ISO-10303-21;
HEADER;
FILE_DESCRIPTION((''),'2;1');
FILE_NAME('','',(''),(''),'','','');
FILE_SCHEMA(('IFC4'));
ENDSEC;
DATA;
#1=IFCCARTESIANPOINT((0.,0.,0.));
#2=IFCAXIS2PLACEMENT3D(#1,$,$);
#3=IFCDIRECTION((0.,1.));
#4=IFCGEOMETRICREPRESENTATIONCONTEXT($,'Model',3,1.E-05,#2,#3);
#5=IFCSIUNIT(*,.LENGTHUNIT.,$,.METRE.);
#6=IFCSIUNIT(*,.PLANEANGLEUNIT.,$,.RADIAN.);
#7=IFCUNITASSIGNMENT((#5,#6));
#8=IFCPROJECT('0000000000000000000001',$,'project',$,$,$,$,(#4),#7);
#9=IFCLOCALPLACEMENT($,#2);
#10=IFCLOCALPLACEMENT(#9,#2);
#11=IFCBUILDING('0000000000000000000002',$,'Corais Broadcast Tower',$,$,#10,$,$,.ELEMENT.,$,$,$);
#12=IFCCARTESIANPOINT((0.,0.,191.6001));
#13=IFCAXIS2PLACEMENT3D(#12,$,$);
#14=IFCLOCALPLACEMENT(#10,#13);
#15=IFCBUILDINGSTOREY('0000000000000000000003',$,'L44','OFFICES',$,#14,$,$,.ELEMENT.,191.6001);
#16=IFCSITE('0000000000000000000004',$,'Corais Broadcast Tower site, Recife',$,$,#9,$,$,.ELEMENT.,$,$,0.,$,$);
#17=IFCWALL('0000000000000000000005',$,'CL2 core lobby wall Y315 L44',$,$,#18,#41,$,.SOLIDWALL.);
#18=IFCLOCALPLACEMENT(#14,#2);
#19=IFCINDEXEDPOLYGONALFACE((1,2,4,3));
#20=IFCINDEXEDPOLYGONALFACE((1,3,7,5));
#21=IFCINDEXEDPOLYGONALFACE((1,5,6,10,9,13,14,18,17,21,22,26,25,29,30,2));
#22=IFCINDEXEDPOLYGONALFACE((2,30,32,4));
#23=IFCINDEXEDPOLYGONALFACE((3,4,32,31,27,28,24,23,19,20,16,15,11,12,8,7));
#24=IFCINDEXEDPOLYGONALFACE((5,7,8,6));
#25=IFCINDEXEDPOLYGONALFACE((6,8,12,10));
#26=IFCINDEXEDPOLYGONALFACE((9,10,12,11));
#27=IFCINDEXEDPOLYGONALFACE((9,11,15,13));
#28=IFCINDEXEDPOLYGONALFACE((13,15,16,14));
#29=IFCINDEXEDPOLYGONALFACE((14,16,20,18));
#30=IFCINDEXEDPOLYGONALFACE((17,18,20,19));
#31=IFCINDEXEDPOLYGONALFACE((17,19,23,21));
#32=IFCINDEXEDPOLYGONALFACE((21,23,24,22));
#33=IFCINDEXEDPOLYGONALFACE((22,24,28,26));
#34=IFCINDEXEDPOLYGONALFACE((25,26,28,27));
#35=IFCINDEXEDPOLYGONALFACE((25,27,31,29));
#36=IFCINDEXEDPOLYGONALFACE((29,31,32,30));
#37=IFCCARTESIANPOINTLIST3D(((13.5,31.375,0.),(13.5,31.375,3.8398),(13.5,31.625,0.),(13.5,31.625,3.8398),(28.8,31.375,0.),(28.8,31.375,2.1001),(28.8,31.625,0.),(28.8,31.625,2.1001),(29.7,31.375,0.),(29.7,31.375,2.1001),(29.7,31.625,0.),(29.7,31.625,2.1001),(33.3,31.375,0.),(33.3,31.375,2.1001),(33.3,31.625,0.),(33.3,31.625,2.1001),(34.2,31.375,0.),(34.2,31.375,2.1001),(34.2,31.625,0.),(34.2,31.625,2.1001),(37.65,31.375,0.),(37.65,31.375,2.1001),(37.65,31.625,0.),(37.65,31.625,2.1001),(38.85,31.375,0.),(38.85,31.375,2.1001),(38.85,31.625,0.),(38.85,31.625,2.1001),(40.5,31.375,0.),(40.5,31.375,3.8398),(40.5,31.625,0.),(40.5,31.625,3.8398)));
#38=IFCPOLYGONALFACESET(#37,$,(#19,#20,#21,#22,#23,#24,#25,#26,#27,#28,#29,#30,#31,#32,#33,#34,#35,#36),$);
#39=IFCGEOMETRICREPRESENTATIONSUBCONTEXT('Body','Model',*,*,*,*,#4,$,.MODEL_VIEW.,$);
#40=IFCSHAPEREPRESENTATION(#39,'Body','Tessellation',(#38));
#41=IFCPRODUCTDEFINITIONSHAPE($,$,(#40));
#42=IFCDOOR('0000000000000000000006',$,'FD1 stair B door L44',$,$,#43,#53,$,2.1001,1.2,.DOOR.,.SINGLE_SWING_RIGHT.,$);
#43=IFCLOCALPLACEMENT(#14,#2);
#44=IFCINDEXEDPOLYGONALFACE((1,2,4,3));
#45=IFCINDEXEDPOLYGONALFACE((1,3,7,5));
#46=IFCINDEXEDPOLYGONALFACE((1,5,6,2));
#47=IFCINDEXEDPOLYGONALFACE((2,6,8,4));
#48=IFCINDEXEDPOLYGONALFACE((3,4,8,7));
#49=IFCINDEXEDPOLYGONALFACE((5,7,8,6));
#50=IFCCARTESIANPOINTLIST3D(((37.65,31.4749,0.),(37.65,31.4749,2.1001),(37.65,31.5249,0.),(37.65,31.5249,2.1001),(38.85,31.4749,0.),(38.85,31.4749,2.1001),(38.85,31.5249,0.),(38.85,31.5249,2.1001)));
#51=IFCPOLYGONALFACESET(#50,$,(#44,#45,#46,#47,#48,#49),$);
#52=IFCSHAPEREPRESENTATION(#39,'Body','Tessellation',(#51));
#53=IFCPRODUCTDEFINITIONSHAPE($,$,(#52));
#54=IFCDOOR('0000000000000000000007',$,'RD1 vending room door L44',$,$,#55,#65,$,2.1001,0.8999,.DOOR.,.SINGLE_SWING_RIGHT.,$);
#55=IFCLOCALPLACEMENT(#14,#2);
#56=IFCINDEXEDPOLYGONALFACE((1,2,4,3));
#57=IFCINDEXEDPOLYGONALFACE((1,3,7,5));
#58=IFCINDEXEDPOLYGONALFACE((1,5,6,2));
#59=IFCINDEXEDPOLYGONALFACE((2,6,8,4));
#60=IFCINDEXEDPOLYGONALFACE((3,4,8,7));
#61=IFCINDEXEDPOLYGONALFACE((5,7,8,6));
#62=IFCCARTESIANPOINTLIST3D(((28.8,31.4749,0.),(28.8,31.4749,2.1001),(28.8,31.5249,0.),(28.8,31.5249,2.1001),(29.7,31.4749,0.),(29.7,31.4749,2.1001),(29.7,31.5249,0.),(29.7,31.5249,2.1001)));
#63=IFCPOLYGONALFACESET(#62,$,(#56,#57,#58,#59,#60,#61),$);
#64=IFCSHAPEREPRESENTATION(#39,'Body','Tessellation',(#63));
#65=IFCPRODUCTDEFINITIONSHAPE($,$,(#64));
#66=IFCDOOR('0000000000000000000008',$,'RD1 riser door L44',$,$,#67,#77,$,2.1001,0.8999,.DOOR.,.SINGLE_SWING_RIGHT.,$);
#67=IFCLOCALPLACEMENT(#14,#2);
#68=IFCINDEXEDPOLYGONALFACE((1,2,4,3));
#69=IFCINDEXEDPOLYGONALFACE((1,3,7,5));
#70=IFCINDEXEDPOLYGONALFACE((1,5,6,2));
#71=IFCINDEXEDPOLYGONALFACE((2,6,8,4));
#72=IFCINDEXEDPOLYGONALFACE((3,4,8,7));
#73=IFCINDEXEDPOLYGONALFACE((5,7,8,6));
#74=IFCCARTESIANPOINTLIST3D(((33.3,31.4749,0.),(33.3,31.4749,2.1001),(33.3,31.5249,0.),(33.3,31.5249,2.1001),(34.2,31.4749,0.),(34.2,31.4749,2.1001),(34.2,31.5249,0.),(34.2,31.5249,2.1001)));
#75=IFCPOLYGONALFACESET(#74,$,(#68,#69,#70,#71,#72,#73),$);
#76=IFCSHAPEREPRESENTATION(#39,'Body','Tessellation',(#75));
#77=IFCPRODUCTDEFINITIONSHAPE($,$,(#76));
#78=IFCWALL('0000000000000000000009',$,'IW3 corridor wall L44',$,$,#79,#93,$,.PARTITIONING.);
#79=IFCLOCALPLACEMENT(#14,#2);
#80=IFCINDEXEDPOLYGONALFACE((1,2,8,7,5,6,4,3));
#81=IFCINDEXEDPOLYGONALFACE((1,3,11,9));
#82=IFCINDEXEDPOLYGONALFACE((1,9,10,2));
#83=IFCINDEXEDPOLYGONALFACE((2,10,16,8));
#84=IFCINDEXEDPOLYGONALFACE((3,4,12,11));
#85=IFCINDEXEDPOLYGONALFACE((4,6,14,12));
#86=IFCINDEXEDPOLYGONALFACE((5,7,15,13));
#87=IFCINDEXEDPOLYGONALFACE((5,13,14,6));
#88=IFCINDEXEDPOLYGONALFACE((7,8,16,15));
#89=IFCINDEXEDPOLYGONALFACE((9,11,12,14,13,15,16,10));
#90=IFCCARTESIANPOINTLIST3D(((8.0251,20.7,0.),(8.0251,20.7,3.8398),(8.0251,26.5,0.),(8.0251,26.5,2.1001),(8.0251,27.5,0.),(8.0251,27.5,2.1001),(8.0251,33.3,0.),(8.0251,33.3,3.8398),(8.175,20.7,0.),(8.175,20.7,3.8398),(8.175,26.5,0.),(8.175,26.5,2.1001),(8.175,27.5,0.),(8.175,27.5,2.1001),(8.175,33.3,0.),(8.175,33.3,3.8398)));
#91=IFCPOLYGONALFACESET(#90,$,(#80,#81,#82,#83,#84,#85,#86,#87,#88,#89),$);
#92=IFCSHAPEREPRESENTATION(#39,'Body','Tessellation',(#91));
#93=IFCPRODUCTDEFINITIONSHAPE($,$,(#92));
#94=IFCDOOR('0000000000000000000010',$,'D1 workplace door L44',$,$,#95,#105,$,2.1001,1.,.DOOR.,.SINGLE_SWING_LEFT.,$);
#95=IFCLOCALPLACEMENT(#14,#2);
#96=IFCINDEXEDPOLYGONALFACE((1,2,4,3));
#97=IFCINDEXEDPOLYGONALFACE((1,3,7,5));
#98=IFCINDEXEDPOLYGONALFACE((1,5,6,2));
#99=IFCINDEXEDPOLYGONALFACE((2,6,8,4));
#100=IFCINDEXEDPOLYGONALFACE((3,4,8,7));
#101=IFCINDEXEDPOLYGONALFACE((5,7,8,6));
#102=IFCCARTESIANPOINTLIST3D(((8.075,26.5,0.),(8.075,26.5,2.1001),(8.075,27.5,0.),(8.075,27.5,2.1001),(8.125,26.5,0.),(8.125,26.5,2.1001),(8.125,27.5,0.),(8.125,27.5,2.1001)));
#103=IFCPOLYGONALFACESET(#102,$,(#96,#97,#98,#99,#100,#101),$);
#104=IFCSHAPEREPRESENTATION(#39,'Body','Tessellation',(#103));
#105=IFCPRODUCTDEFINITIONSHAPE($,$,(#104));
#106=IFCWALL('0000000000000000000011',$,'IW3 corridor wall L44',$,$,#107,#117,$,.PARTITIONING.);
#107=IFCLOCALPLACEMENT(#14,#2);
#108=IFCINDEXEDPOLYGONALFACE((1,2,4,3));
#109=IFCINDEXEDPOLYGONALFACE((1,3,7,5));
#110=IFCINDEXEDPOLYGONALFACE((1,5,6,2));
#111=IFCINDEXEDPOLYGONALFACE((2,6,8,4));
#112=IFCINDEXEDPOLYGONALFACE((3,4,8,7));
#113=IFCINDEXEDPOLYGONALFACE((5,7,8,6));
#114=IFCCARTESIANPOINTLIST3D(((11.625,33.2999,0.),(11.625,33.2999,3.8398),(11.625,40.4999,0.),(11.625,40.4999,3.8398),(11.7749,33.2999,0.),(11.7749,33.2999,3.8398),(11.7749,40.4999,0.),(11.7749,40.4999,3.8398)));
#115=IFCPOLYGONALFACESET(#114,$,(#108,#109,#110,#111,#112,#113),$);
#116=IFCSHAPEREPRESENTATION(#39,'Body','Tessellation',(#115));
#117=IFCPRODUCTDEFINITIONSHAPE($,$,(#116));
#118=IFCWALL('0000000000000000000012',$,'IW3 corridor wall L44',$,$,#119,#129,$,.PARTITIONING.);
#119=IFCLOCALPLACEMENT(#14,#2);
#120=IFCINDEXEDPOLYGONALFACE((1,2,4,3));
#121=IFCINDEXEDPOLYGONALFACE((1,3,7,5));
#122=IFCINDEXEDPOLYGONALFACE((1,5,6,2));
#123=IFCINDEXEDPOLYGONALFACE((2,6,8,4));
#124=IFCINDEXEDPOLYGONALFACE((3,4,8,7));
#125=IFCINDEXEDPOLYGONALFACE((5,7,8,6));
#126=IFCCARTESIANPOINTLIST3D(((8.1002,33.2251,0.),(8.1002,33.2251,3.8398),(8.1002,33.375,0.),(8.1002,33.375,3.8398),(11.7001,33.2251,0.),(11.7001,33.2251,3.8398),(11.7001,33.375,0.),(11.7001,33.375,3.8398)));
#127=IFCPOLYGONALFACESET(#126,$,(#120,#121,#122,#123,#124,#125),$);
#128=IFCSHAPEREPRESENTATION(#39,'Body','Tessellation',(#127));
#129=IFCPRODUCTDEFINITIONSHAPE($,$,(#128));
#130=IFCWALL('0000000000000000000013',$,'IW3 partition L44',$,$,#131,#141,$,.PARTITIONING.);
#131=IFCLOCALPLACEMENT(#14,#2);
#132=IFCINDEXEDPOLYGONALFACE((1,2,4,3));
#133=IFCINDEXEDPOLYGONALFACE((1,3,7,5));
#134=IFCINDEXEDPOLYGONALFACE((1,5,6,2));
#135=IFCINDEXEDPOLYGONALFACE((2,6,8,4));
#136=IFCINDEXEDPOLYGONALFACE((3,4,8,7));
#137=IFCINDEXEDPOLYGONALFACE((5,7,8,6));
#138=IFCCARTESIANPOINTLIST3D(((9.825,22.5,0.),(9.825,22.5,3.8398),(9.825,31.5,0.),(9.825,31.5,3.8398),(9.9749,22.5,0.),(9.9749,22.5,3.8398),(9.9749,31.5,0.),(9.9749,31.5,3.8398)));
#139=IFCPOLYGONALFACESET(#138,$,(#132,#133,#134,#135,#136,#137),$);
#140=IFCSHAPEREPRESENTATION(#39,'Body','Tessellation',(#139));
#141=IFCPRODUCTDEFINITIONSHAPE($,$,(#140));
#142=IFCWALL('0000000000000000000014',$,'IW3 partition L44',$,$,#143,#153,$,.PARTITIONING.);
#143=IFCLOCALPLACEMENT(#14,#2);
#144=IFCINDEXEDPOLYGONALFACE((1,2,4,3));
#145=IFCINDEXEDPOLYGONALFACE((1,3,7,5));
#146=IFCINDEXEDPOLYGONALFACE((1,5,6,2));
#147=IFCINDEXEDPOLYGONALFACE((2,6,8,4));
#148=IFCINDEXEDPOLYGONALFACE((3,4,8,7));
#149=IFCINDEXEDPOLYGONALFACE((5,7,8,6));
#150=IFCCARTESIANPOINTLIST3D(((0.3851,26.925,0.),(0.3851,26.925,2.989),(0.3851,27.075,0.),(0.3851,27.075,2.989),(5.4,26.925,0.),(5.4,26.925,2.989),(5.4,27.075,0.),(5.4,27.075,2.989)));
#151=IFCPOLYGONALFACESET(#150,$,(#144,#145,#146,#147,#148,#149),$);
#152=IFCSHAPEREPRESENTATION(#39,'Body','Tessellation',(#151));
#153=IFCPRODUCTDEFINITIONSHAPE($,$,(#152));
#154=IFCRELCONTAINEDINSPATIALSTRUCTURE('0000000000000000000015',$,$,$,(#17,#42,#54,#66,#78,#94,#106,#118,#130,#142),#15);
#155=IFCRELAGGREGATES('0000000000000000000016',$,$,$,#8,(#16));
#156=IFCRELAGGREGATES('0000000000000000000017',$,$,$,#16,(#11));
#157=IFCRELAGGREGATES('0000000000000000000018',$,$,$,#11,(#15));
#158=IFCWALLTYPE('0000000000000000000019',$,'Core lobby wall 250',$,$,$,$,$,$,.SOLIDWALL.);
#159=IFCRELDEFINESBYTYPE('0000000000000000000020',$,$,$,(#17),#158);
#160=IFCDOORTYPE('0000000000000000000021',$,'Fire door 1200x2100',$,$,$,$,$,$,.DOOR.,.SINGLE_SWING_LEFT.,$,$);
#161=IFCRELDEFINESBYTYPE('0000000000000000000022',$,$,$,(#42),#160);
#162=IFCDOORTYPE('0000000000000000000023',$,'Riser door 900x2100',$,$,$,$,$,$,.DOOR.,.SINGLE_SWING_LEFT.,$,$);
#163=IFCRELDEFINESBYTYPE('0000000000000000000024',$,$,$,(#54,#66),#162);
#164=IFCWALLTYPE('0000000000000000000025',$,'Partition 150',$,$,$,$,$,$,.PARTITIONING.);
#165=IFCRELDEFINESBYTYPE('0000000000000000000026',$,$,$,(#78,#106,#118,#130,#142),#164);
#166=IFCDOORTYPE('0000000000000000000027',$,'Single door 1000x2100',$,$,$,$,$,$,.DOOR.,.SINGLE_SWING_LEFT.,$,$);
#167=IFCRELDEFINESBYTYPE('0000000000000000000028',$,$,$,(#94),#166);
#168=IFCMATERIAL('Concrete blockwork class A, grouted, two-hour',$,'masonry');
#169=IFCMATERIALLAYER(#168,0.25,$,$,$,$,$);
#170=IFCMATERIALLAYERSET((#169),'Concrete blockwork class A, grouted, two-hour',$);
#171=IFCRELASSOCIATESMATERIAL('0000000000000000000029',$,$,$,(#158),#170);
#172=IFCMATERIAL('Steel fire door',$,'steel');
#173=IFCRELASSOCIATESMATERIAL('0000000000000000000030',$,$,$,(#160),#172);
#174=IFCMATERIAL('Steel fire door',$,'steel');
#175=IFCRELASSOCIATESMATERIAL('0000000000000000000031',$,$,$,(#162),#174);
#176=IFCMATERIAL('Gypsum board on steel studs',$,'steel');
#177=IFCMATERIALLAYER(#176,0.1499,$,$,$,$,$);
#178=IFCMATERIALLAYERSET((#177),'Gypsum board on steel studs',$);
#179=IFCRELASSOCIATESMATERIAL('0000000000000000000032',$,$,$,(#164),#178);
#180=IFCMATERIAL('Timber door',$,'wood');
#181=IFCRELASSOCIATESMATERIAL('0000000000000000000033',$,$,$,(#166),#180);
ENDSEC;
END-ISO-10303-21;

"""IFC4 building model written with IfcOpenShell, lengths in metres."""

from ifc_helpers import new_model, si_unit, direction, frame, frame_2d, origin, place, context, subcontext, project, spatial, rectangle, extrude, material, layer, layer_set, type_object, element, fill, save


model = new_model("IFC4")

# Units and contexts
model_context = context("Model", 3, precision=1e-05, world=origin(), true_north=direction((0.0, 1.0)))
body_context = subcontext(model_context, "Body", "Model", "MODEL_VIEW")
ifc_project = project(units=[si_unit("LENGTHUNIT", "METRE"), si_unit("PLANEANGLEUNIT", "RADIAN")], contexts=[model_context])

# Site, building, storey
site_placement = place(None, origin())
site = spatial("IfcSite", under=ifc_project, at=site_placement, Name="Corais Broadcast Tower site, Recife", CompositionType="ELEMENT", RefElevation=0.0)
building_placement = place(site_placement, origin())
building = spatial("IfcBuilding", under=site, at=building_placement, Name="Corais Broadcast Tower", CompositionType="ELEMENT")
storey_placement = place(building_placement, frame((0.0, 0.0, 191.6001)))
storey = spatial("IfcBuildingStorey", under=building, at=storey_placement, Name="L44", Description="OFFICES", CompositionType="ELEMENT", Elevation=191.6001)

# Wall, openings, doors
ifc_material_1 = material(Name="Concrete blockwork class A, grouted, two-hour", Category="masonry")
ifc_layer_1 = layer(ifc_material_1, 0.25)
ifc_layer_set_1 = layer_set([ifc_layer_1], Name="Concrete blockwork class A, grouted, two-hour")
wall_type_1 = type_object("IfcWallType", Name="Core lobby wall 250", PredefinedType="SOLIDWALL", material=ifc_layer_set_1)
wall_1_placement = place(storey_placement, frame((13.5, 31.5, 0.0), z_axis=(0.0, 0.0, 1.0), x_axis=(1.0, 0.0, 0.0)))
wall_1 = element("IfcWall", 1, at=wall_1_placement, inside=storey, type_object=wall_type_1, Name="CL2 core lobby wall Y315 L44", PredefinedType="SOLIDWALL", context=body_context, shape_type="SweptSolid", body=[
    extrude(rectangle(XDim=27.0, YDim=0.25, at=frame_2d((13.5, 0.0))), origin(), (0.0, 0.0, 1.0), 3.8398),
])
opening_1_placement = place(wall_1_placement, frame((24.1499, 0.0, 0.0)))
opening_1 = element("IfcOpeningElement", 2, at=opening_1_placement, cuts=wall_1, PredefinedType="OPENING", context=body_context, shape_type="SweptSolid", body=[
    extrude(rectangle(XDim=1.2, YDim=2.1001, at=frame_2d((0.6001, 1.05))), frame((0.0, 0.135, 0.0), z_axis=(0.0, -1.0, 0.0), x_axis=(1.0, 0.0, 0.0)), (0.0, 0.0, 1.0), 0.27),
])
opening_2_placement = place(wall_1_placement, frame((15.3, 0.0, 0.0)))
opening_2 = element("IfcOpeningElement", 3, at=opening_2_placement, cuts=wall_1, PredefinedType="OPENING", context=body_context, shape_type="SweptSolid", body=[
    extrude(rectangle(XDim=0.8999, YDim=2.1001, at=frame_2d((0.45, 1.05))), frame((0.0, 0.135, 0.0), z_axis=(0.0, -1.0, 0.0), x_axis=(1.0, 0.0, 0.0)), (0.0, 0.0, 1.0), 0.27),
])
opening_3_placement = place(wall_1_placement, frame((19.8, 0.0, 0.0)))
opening_3 = element("IfcOpeningElement", 4, at=opening_3_placement, cuts=wall_1, PredefinedType="OPENING", context=body_context, shape_type="SweptSolid", body=[
    extrude(rectangle(XDim=0.8999, YDim=2.1001, at=frame_2d((0.45, 1.05))), frame((0.0, 0.135, 0.0), z_axis=(0.0, -1.0, 0.0), x_axis=(1.0, 0.0, 0.0)), (0.0, 0.0, 1.0), 0.27),
])
ifc_material_2 = material(Name="Steel fire door", Category="steel")
door_type_1 = type_object("IfcDoorType", Name="Fire door 1200x2100", OperationType="SINGLE_SWING_LEFT", PredefinedType="DOOR", material=ifc_material_2)
door_1_placement = place(opening_1_placement, origin())
door_1 = element("IfcDoor", 5, at=door_1_placement, inside=storey, type_object=door_type_1, Name="FD1 stair B door L44", OperationType="SINGLE_SWING_RIGHT", OverallHeight=2.1001, OverallWidth=1.2, PredefinedType="DOOR", context=body_context, shape_type="SweptSolid", body=[
    extrude(rectangle(XDim=1.2, YDim=2.1001, at=frame_2d((0.6001, 1.05))), frame((0.0, 0.0249, 0.0), z_axis=(0.0, -1.0, 0.0), x_axis=(1.0, 0.0, 0.0)), (0.0, 0.0, 1.0), 0.05),
])
fill(opening_1, door_1)
ifc_material_3 = material(Name="Steel fire door", Category="steel")
door_type_2 = type_object("IfcDoorType", Name="Riser door 900x2100", OperationType="SINGLE_SWING_LEFT", PredefinedType="DOOR", material=ifc_material_3)
door_2_placement = place(opening_2_placement, origin())
door_2 = element("IfcDoor", 6, at=door_2_placement, inside=storey, type_object=door_type_2, Name="RD1 vending room door L44", OperationType="SINGLE_SWING_RIGHT", OverallHeight=2.1001, OverallWidth=0.8999, PredefinedType="DOOR", context=body_context, shape_type="SweptSolid", body=[
    extrude(rectangle(XDim=0.8999, YDim=2.1001, at=frame_2d((0.45, 1.05))), frame((0.0, 0.0249, 0.0), z_axis=(0.0, -1.0, 0.0), x_axis=(1.0, 0.0, 0.0)), (0.0, 0.0, 1.0), 0.05),
])
fill(opening_2, door_2)
door_3_placement = place(opening_3_placement, origin())
door_3 = element("IfcDoor", 7, at=door_3_placement, inside=storey, type_object=door_type_2, Name="RD1 riser door L44", OperationType="SINGLE_SWING_RIGHT", OverallHeight=2.1001, OverallWidth=0.8999, PredefinedType="DOOR", context=body_context, shape_type="SweptSolid", body=[
    extrude(rectangle(XDim=0.8999, YDim=2.1001, at=frame_2d((0.45, 1.05))), frame((0.0, 0.0249, 0.0), z_axis=(0.0, -1.0, 0.0), x_axis=(1.0, 0.0, 0.0)), (0.0, 0.0, 1.0), 0.05),
])
fill(opening_3, door_3)

# Wall, opening, door
ifc_material_4 = material(Name="Gypsum board on steel studs", Category="steel")
ifc_layer_2 = layer(ifc_material_4, 0.1499)
ifc_layer_set_2 = layer_set([ifc_layer_2], Name="Gypsum board on steel studs")
wall_type_2 = type_object("IfcWallType", Name="Partition 150", PredefinedType="PARTITIONING", material=ifc_layer_set_2)
wall_2_placement = place(storey_placement, frame((8.1001, 33.3, 0.0), z_axis=(0.0, 0.0, 1.0), x_axis=(0.0, -1.0, 0.0)))
wall_2 = element("IfcWall", 8, at=wall_2_placement, inside=storey, type_object=wall_type_2, Name="IW3 corridor wall L44", PredefinedType="PARTITIONING", context=body_context, shape_type="SweptSolid", body=[
    extrude(rectangle(XDim=12.6001, YDim=0.1499, at=frame_2d((6.3, 0.0))), origin(), (0.0, 0.0, 1.0), 3.8398),
])
opening_4_placement = place(wall_2_placement, frame((5.8, 0.0, 0.0)))
opening_4 = element("IfcOpeningElement", 9, at=opening_4_placement, cuts=wall_2, PredefinedType="OPENING", context=body_context, shape_type="SweptSolid", body=[
    extrude(rectangle(XDim=1.0, YDim=2.1001, at=frame_2d((0.5, 1.05))), frame((0.0, 0.085, 0.0), z_axis=(0.0, -1.0, 0.0), x_axis=(1.0, 0.0, 0.0)), (0.0, 0.0, 1.0), 0.1699),
])
ifc_material_5 = material(Name="Timber door", Category="wood")
door_type_3 = type_object("IfcDoorType", Name="Single door 1000x2100", OperationType="SINGLE_SWING_LEFT", PredefinedType="DOOR", material=ifc_material_5)
door_4_placement = place(opening_4_placement, origin())
door_4 = element("IfcDoor", 10, at=door_4_placement, inside=storey, type_object=door_type_3, Name="D1 workplace door L44", OperationType="SINGLE_SWING_LEFT", OverallHeight=2.1001, OverallWidth=1.0, PredefinedType="DOOR", context=body_context, shape_type="SweptSolid", body=[
    extrude(rectangle(XDim=1.0, YDim=2.1001, at=frame_2d((0.5, 1.05))), frame((0.0, 0.0249, 0.0), z_axis=(0.0, -1.0, 0.0), x_axis=(1.0, 0.0, 0.0)), (0.0, 0.0, 1.0), 0.05),
])
fill(opening_4, door_4)

# Walls
wall_3_placement = place(storey_placement, frame((11.7, 40.5, 0.0), z_axis=(0.0, 0.0, 1.0), x_axis=(0.0, -1.0, 0.0)))
element("IfcWall", 11, at=wall_3_placement, inside=storey, type_object=wall_type_2, Name="IW3 corridor wall L44", PredefinedType="PARTITIONING", context=body_context, shape_type="SweptSolid", body=[
    extrude(rectangle(XDim=7.2, YDim=0.1499, at=frame_2d((3.6001, 0.0))), origin(), (0.0, 0.0, 1.0), 3.8398),
])
wall_4_placement = place(storey_placement, frame((11.7, 33.3, 0.0), z_axis=(0.0, 0.0, 1.0), x_axis=(-1.0, 0.0, 0.0)))
element("IfcWall", 12, at=wall_4_placement, inside=storey, type_object=wall_type_2, Name="IW3 corridor wall L44", PredefinedType="PARTITIONING", context=body_context, shape_type="SweptSolid", body=[
    extrude(rectangle(XDim=3.5999, YDim=0.1499, at=frame_2d((1.7998, 0.0))), origin(), (0.0, 0.0, 1.0), 3.8398),
])
wall_5_placement = place(storey_placement, frame((9.8999, 31.5, 0.0), z_axis=(0.0, 0.0, 1.0), x_axis=(0.0, -1.0, 0.0)))
element("IfcWall", 13, at=wall_5_placement, inside=storey, type_object=wall_type_2, Name="IW3 partition L44", PredefinedType="PARTITIONING", context=body_context, shape_type="SweptSolid", body=[
    extrude(rectangle(XDim=9.0, YDim=0.1499, at=frame_2d((4.5, 0.0))), origin(), (0.0, 0.0, 1.0), 3.8398),
])
wall_6_placement = place(storey_placement, frame((5.3999, 27.0, 0.0), z_axis=(0.0, 0.0, 1.0), x_axis=(-1.0, 0.0, 0.0)))
element("IfcWall", 14, at=wall_6_placement, inside=storey, type_object=wall_type_2, Name="IW3 partition L44", PredefinedType="PARTITIONING", context=body_context, shape_type="SweptSolid", body=[
    extrude(rectangle(XDim=5.0149, YDim=0.1499, at=frame_2d((2.5073, 0.0))), origin(), (0.0, 0.0, 1.0), 2.989),
])

save(model, "model.ifc")
